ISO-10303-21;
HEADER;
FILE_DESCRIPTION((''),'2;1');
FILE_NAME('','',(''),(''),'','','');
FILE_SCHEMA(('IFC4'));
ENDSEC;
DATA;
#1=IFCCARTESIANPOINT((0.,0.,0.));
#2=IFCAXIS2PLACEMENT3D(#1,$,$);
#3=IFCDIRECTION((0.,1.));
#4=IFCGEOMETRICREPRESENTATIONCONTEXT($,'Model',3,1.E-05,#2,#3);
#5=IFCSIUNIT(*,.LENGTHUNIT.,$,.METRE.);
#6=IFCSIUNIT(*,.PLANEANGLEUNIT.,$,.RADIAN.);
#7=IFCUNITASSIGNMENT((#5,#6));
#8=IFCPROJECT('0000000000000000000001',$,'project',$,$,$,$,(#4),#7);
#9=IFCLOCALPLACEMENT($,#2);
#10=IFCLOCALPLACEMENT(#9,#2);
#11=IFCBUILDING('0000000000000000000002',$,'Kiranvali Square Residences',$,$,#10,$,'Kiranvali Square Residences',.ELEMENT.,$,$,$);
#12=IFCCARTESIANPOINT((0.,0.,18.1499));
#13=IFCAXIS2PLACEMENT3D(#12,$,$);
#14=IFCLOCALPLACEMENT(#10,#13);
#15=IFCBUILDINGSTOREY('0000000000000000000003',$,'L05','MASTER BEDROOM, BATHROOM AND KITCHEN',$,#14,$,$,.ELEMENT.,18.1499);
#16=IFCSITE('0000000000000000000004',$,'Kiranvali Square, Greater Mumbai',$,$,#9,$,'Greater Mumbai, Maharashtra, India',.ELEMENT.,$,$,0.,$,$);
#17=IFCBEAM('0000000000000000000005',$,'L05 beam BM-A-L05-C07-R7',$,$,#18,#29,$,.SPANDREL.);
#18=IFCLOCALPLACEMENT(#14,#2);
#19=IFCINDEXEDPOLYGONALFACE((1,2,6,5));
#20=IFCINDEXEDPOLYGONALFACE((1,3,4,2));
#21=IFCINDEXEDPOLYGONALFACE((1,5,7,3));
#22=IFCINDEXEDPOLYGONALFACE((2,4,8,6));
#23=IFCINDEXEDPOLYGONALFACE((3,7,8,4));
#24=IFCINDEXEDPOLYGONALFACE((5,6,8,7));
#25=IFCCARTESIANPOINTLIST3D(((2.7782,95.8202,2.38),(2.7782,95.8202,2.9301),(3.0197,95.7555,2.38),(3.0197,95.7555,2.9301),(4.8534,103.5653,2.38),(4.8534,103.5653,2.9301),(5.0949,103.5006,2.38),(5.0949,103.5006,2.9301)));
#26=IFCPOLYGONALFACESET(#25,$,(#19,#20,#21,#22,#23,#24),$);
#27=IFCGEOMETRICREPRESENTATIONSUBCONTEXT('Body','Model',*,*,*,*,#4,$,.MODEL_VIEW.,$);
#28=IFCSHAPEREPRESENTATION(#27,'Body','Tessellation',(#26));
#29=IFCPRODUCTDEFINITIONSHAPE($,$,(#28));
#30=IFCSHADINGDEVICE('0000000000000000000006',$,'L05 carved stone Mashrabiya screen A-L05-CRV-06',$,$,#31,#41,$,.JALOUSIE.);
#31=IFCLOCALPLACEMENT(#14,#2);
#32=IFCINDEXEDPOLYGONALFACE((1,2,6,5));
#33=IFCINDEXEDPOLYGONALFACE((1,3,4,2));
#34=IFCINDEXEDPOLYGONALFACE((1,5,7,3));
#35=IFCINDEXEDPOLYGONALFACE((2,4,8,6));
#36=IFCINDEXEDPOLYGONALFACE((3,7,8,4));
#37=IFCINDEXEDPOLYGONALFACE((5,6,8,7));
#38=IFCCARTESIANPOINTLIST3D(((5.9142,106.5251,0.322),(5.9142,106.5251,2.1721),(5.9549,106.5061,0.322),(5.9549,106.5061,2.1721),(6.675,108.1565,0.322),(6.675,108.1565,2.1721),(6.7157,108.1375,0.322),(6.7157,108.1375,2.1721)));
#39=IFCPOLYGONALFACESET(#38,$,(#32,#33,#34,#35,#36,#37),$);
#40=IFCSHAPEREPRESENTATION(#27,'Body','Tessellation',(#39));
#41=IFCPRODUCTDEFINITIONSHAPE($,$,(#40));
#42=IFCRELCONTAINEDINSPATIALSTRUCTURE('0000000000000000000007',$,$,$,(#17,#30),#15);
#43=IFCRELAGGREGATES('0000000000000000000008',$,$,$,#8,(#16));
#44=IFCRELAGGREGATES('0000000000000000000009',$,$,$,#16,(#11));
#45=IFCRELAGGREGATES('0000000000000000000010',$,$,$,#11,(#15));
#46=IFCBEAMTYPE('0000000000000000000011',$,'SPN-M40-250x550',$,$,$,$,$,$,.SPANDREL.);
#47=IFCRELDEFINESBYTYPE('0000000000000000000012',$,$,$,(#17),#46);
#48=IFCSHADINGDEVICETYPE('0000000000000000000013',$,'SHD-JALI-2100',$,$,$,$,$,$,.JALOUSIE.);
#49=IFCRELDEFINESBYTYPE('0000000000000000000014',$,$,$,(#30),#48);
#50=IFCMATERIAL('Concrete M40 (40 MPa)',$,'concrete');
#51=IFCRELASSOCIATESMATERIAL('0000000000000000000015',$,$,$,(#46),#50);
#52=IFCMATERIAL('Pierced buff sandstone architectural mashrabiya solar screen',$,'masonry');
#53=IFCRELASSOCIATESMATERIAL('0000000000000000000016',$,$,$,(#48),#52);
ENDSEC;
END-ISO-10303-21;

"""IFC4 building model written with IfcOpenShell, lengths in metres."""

from ifc_helpers import new_model, si_unit, direction, frame, origin, origin_2d, place, context, subcontext, project, spatial, rectangle, extrude, material, material_profile, profile_set, type_object, element, save


model = new_model("IFC4")

# Units and contexts
model_context = context("Model", 3, precision=1e-05, world=origin(), true_north=direction((0.0, 1.0)))
body_context = subcontext(model_context, "Body", "Model", "MODEL_VIEW")
ifc_project = project(units=[si_unit("LENGTHUNIT", "METRE"), si_unit("PLANEANGLEUNIT", "RADIAN")], contexts=[model_context])

# Site, building, storey
site_placement = place(None, origin())
site = spatial("IfcSite", under=ifc_project, at=site_placement, Name="Kiranvali Square, Greater Mumbai", LongName="Greater Mumbai, Maharashtra, India", CompositionType="ELEMENT", RefElevation=0.0)
building_placement = place(site_placement, origin())
building = spatial("IfcBuilding", under=site, at=building_placement, Name="Kiranvali Square Residences", LongName="Kiranvali Square Residences", CompositionType="ELEMENT")
storey_placement = place(building_placement, frame((0.0, 0.0, 18.1499)))
storey = spatial("IfcBuildingStorey", under=building, at=storey_placement, Name="L05", Description="MASTER BEDROOM, BATHROOM AND KITCHEN", CompositionType="ELEMENT", Elevation=18.1499)

# Beam
ifc_material_1 = material(Name="Concrete M40 (40 MPa)", Category="concrete")
ifc_material_profile_1 = material_profile(ifc_material_1, rectangle(XDim=0.25, YDim=0.55, at=origin_2d()), Name="RC 250x550")
ifc_profile_set_1 = profile_set([ifc_material_profile_1], Name="Concrete M40 (40 MPa)")
beam_type_1 = type_object("IfcBeamType", Name="SPN-M40-250x550", PredefinedType="SPANDREL", material=ifc_profile_set_1)
beam_1_placement = place(storey_placement, frame((4.9741, 103.533, 2.655), z_axis=(-0.258807, -0.965929, 0.0), x_axis=(0.965929, -0.258807, 0.0)))
element("IfcBeam", 1, at=beam_1_placement, inside=storey, type_object=beam_type_1, Name="L05 beam BM-A-L05-C07-R7", PredefinedType="SPANDREL", context=body_context, shape_type="SweptSolid", body=[
    extrude(rectangle(XDim=0.25, YDim=0.55, at=origin_2d()), origin(), (0.0, 0.0, 1.0), 8.0183),
])

# Shading device
ifc_material_2 = material(Name="Pierced buff sandstone architectural mashrabiya solar screen", Category="masonry")
shading_device_type = type_object("IfcShadingDeviceType", Name="SHD-JALI-2100", PredefinedType="JALOUSIE", material=ifc_material_2)
shading_device_placement = place(storey_placement, frame((6.3149, 107.3313, 0.322), z_axis=(0.0, 0.0, 1.0), x_axis=(-0.422618, -0.906308, 0.0)))
element("IfcShadingDevice", 2, at=shading_device_placement, inside=storey, type_object=shading_device_type, Name="L05 carved stone Mashrabiya screen A-L05-CRV-06", PredefinedType="JALOUSIE", context=body_context, shape_type="SweptSolid", body=[
    extrude(rectangle(XDim=1.8, YDim=0.0449, at=origin_2d()), origin(), (0.0, 0.0, 1.0), 1.8501),
])

save(model, "model.ifc")
